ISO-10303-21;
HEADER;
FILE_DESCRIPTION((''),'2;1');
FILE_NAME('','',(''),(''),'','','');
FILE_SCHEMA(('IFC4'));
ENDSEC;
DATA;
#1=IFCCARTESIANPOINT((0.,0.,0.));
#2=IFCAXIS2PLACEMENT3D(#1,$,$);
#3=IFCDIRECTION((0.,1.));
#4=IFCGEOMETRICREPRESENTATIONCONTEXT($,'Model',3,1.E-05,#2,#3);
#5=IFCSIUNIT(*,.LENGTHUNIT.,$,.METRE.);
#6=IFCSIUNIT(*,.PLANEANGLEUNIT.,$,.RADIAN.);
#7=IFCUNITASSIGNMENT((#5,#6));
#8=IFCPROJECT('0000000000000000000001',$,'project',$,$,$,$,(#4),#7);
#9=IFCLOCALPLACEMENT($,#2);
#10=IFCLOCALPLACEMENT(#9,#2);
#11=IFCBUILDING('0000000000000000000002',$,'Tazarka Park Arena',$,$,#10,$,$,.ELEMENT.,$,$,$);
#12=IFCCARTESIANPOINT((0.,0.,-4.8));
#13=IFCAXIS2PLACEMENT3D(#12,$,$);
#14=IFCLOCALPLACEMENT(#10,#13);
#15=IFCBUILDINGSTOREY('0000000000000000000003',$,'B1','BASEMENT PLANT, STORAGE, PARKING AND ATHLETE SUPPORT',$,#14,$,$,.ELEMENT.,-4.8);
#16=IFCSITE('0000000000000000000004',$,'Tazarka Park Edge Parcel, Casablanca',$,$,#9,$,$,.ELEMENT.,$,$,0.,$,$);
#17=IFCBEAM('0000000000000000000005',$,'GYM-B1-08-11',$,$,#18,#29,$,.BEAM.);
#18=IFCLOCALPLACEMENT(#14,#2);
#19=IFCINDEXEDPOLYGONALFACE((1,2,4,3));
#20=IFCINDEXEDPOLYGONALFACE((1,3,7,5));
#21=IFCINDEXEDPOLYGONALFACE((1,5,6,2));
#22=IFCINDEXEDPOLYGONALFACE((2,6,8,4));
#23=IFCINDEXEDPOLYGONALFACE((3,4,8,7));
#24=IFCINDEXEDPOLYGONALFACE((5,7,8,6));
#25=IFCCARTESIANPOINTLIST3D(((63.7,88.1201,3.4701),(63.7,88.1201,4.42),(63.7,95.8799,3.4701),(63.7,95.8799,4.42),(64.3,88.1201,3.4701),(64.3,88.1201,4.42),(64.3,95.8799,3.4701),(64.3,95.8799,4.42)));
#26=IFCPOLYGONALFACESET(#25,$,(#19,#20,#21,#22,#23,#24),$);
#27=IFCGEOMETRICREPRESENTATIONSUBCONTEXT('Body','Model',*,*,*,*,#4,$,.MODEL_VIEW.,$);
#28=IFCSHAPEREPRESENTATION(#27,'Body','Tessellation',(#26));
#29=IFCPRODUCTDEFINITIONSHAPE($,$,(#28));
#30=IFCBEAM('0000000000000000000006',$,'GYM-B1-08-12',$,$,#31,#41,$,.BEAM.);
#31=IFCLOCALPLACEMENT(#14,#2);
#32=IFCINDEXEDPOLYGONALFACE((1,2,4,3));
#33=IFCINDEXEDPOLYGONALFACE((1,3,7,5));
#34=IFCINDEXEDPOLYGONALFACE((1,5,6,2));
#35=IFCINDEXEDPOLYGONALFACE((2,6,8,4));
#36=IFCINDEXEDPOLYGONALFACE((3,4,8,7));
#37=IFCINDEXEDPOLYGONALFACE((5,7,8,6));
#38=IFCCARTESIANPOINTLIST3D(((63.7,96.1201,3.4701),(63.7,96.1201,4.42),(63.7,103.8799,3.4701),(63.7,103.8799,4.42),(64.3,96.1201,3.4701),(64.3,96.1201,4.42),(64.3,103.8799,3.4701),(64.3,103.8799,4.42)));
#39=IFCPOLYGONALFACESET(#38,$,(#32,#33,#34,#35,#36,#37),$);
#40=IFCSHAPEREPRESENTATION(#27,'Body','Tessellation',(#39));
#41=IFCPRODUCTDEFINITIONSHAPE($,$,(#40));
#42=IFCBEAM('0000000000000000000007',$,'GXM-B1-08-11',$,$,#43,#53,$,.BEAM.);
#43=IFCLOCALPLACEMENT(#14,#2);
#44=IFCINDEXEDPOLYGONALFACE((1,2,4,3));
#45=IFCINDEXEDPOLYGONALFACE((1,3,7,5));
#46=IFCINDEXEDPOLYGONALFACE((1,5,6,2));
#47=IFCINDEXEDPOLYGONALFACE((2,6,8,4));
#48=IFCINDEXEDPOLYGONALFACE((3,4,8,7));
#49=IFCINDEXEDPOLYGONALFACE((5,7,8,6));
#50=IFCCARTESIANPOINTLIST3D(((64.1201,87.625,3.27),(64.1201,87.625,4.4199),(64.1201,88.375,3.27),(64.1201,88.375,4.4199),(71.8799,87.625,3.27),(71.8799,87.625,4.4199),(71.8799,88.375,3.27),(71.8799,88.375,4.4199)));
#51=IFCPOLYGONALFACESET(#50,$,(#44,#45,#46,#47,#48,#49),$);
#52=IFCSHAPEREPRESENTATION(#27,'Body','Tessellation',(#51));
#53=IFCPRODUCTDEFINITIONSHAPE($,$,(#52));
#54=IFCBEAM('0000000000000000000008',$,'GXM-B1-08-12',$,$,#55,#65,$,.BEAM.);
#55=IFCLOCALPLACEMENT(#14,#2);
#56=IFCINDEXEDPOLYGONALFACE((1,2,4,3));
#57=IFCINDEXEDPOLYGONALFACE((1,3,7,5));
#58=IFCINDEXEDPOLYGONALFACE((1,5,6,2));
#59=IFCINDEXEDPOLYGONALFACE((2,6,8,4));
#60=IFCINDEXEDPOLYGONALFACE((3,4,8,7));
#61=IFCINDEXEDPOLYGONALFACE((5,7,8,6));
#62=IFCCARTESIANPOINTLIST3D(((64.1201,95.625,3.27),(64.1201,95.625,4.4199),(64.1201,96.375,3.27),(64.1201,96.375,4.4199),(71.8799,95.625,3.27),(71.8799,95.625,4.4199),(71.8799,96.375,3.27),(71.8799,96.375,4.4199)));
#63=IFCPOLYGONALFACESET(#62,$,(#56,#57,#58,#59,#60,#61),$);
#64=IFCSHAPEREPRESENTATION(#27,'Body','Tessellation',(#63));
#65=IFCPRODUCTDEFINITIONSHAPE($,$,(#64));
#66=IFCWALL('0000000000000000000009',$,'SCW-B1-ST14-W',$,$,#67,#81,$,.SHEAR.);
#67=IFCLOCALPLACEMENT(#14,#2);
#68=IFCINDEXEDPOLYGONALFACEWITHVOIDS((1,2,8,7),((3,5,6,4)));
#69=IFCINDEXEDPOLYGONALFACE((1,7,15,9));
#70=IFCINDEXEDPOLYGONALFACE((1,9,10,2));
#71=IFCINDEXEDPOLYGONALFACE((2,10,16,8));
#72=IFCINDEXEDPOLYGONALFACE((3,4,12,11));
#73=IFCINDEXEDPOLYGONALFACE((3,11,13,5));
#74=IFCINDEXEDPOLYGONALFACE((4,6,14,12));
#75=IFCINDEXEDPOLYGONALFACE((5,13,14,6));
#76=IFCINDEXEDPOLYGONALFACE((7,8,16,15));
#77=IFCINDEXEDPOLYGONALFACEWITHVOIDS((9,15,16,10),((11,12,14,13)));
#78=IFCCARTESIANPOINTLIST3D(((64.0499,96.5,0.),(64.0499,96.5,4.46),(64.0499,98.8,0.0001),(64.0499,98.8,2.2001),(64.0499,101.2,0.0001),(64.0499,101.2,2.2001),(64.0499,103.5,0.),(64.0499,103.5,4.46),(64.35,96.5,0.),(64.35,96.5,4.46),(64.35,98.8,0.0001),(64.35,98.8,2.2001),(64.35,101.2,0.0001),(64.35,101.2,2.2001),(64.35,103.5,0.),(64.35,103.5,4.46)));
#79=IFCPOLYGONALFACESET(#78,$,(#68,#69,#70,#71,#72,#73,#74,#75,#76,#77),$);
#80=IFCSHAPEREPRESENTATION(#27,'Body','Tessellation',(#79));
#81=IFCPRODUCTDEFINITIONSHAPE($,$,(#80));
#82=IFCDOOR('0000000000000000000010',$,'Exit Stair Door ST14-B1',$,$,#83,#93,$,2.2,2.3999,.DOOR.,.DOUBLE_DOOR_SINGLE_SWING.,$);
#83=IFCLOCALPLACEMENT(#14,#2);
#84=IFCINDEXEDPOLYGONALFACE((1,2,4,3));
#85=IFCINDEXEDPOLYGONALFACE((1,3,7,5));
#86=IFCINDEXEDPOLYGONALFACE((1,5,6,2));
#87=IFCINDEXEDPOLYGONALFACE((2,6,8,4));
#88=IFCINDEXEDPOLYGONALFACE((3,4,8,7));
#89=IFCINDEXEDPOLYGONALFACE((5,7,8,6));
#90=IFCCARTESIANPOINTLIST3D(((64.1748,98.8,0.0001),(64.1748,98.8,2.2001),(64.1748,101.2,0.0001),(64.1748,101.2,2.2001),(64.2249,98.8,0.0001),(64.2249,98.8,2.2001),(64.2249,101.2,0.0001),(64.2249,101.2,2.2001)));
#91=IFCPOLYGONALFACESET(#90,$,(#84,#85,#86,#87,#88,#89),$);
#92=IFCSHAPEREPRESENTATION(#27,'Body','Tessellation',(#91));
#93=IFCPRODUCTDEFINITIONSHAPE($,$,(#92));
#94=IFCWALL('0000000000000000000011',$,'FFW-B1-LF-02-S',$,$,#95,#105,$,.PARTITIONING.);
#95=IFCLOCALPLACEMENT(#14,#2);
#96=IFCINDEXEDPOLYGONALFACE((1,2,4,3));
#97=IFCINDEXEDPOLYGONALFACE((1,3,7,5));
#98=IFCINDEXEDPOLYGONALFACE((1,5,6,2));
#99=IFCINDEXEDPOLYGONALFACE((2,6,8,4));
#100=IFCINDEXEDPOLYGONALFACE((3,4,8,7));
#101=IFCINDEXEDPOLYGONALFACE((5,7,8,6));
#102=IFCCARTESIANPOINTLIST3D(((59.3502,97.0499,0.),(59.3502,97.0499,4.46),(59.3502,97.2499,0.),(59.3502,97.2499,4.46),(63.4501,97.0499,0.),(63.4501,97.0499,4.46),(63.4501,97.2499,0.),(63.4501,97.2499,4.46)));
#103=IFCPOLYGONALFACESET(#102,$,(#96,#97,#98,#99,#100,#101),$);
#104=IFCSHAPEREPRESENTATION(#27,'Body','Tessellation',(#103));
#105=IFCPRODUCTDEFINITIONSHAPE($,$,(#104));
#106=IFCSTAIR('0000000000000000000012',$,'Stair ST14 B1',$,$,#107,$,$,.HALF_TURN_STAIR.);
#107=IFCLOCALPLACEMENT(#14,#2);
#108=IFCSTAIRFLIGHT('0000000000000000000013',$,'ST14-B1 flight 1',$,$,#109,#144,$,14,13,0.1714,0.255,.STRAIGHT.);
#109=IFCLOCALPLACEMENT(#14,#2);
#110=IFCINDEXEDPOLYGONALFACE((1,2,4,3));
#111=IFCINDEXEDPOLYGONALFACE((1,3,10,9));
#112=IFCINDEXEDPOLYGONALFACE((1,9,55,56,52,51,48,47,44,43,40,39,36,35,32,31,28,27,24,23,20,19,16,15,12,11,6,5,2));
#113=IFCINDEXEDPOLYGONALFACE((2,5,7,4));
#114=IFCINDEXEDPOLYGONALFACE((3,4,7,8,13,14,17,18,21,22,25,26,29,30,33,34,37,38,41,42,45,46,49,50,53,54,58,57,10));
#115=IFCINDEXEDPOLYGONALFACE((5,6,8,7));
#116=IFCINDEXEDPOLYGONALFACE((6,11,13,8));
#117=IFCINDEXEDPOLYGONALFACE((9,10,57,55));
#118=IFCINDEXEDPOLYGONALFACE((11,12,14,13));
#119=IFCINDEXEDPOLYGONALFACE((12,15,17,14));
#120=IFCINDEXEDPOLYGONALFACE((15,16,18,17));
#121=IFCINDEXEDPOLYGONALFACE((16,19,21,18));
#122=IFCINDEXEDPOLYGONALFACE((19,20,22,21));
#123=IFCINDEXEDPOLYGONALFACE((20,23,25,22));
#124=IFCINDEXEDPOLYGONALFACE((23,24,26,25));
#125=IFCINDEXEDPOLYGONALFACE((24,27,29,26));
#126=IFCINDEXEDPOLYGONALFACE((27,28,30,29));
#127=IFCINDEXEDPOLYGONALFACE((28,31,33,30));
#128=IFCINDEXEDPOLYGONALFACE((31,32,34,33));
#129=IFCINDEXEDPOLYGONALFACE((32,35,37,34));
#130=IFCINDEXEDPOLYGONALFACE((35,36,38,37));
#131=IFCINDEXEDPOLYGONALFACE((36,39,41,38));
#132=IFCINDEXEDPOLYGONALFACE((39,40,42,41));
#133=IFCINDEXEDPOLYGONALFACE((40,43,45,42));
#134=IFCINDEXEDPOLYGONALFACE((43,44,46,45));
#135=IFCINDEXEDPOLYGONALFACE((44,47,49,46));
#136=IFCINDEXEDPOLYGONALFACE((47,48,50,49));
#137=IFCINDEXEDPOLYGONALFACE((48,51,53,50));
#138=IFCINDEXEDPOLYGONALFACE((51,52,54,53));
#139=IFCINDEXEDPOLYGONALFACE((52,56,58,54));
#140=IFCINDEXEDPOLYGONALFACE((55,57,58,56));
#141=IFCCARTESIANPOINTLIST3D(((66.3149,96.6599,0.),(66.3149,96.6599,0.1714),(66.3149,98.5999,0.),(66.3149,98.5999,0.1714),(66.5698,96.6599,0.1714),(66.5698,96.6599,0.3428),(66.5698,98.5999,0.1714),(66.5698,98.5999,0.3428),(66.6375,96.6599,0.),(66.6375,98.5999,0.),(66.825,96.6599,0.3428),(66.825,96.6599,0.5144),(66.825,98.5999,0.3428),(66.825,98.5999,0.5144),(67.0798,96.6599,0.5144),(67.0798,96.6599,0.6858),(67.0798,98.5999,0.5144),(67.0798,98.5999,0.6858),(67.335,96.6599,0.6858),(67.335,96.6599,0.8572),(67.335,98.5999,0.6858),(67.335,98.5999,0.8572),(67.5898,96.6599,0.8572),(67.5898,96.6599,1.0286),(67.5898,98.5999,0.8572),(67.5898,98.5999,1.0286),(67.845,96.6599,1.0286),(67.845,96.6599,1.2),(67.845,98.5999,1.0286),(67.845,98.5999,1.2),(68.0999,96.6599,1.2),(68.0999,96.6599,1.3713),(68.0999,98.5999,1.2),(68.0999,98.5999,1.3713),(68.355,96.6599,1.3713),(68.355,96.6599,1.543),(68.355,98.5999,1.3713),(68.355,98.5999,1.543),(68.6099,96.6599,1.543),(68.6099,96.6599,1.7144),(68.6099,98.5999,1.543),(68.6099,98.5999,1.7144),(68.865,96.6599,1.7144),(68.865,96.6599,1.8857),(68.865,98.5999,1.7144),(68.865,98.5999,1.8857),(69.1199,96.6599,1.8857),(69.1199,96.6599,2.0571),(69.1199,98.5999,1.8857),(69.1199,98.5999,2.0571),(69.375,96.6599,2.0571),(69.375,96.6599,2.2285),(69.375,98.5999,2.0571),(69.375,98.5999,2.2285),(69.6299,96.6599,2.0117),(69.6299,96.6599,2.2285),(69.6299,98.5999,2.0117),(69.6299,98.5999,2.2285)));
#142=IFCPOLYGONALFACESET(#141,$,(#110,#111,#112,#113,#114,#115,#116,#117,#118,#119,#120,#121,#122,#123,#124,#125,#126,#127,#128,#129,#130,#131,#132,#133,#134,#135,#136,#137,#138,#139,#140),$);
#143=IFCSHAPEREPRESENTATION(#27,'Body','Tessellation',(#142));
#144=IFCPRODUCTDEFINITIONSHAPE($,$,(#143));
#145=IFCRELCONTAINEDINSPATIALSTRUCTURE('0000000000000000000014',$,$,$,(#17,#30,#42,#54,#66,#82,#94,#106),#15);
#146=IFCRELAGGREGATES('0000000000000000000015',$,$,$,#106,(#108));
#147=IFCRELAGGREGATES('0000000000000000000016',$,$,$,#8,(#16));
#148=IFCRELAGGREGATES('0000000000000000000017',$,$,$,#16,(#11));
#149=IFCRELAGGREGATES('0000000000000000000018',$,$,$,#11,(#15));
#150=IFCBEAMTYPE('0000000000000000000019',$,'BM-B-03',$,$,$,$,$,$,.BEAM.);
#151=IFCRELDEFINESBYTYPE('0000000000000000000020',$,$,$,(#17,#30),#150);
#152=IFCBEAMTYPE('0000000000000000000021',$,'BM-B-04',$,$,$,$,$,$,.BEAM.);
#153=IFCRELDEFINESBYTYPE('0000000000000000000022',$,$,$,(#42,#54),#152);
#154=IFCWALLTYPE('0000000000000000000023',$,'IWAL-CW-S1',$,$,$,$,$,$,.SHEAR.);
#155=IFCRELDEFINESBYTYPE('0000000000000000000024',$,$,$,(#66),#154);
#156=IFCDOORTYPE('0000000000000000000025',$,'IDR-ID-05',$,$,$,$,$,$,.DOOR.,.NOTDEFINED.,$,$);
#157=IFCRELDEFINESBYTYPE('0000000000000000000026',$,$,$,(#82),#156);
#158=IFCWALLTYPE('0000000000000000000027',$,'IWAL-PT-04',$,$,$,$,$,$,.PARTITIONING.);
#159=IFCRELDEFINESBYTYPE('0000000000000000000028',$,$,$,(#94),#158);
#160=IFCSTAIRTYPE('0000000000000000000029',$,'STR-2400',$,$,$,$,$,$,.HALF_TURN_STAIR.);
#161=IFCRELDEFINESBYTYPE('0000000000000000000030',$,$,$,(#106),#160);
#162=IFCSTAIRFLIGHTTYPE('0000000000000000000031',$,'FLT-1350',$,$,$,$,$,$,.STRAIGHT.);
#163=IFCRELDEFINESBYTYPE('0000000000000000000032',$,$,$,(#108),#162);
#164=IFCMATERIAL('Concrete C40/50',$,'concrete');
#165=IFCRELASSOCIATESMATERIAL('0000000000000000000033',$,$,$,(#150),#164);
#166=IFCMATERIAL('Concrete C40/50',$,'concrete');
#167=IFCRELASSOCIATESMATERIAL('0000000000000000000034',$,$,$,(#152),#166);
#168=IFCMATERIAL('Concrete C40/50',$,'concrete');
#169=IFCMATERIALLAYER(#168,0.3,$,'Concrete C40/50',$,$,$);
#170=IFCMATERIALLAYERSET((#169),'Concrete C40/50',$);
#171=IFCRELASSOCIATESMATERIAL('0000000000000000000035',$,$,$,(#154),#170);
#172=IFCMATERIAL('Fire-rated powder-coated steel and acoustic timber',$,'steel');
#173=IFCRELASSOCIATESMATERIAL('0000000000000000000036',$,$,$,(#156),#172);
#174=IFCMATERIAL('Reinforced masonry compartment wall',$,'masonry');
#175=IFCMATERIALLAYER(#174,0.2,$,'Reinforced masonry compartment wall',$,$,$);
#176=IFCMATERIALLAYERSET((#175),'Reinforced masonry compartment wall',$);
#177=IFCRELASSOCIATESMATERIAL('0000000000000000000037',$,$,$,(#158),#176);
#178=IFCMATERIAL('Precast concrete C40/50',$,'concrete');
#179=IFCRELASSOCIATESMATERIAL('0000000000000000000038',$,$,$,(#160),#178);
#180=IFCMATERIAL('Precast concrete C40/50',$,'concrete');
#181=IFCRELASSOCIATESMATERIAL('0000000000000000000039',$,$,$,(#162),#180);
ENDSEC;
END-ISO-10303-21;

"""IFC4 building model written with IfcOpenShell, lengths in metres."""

from ifc_helpers import new_model, si_unit, direction, frame, frame_2d, origin, origin_2d, place, context, subcontext, project, spatial, polyline, rectangle, outline, extrude, material, layer, layer_set, material_profile, profile_set, type_object, element, fill, aggregate, save


model = new_model("IFC4")

# Units and contexts
model_context = context("Model", 3, precision=1e-05, world=origin(), true_north=direction((0.0, 1.0)))
body_context = subcontext(model_context, "Body", "Model", "MODEL_VIEW")
ifc_project = project(units=[si_unit("LENGTHUNIT", "METRE"), si_unit("PLANEANGLEUNIT", "RADIAN")], contexts=[model_context])

# Site, building, storey
site_placement = place(None, origin())
site = spatial("IfcSite", under=ifc_project, at=site_placement, Name="Tazarka Park Edge Parcel, Casablanca", CompositionType="ELEMENT", RefElevation=0.0)
building_placement = place(site_placement, origin())
building = spatial("IfcBuilding", under=site, at=building_placement, Name="Tazarka Park Arena", CompositionType="ELEMENT")
storey_placement = place(building_placement, frame((0.0, 0.0, -4.8)))
storey = spatial("IfcBuildingStorey", under=building, at=storey_placement, Name="B1", Description="BASEMENT PLANT, STORAGE, PARKING AND ATHLETE SUPPORT", CompositionType="ELEMENT", Elevation=-4.8)

# Beams
ifc_material_1 = material(Name="Concrete C40/50", Category="concrete")
ifc_material_profile_1 = material_profile(ifc_material_1, rectangle(XDim=0.6001, YDim=0.95, at=origin_2d()), Name="Concrete C40/50")
ifc_profile_set_1 = profile_set([ifc_material_profile_1], Name="Concrete C40/50")
beam_type_1 = type_object("IfcBeamType", Name="BM-B-03", PredefinedType="BEAM", material=ifc_profile_set_1)
for number, where, z_axis, x_axis, name in (
    (1, (64.0, 88.1201, 3.9451), (0.0, 1.0, 0.0), (-1.0, 0.0, 0.0), "GYM-B1-08-11"),
    (2, (64.0, 96.1201, 3.9451), (0.0, 1.0, 0.0), (-1.0, 0.0, 0.0), "GYM-B1-08-12"),
):
    element("IfcBeam", number, at=place(storey_placement, frame(where, z_axis=z_axis, x_axis=x_axis)), inside=storey, type_object=beam_type_1, Name=name, PredefinedType="BEAM", context=body_context, shape_type="SweptSolid", body=[
        extrude(rectangle(XDim=0.6001, YDim=0.95, at=origin_2d()), origin(), (0.0, 0.0, 1.0), 7.7598),
    ])
ifc_material_2 = material(Name="Concrete C40/50", Category="concrete")
ifc_material_profile_2 = material_profile(ifc_material_2, rectangle(XDim=0.75, YDim=1.1499, at=origin_2d()), Name="Concrete C40/50")
ifc_profile_set_2 = profile_set([ifc_material_profile_2], Name="Concrete C40/50")
beam_type_2 = type_object("IfcBeamType", Name="BM-B-04", PredefinedType="BEAM", material=ifc_profile_set_2)
for number, where, z_axis, x_axis, name in (
    (3, (64.1201, 88.0, 3.845), (1.0, 0.0, 0.0), (0.0, 1.0, 0.0), "GXM-B1-08-11"),
    (4, (64.1201, 96.0, 3.845), (1.0, 0.0, 0.0), (0.0, 1.0, 0.0), "GXM-B1-08-12"),
):
    element("IfcBeam", number, at=place(storey_placement, frame(where, z_axis=z_axis, x_axis=x_axis)), inside=storey, type_object=beam_type_2, Name=name, PredefinedType="BEAM", context=body_context, shape_type="SweptSolid", body=[
        extrude(rectangle(XDim=0.75, YDim=1.1499, at=origin_2d()), origin(), (0.0, 0.0, 1.0), 7.7598),
    ])

# Wall, opening, door
ifc_material_3 = material(Name="Concrete C40/50", Category="concrete")
ifc_layer_1 = layer(ifc_material_3, 0.3, Name="Concrete C40/50")
ifc_layer_set_1 = layer_set([ifc_layer_1], Name="Concrete C40/50")
wall_type_1 = type_object("IfcWallType", Name="IWAL-CW-S1", PredefinedType="SHEAR", material=ifc_layer_set_1)
wall_1_placement = place(storey_placement, frame((64.2, 96.5, 0.0), z_axis=(0.0, 0.0, 1.0), x_axis=(0.0, 1.0, 0.0)))
wall_1 = element("IfcWall", 5, at=wall_1_placement, inside=storey, type_object=wall_type_1, Name="SCW-B1-ST14-W", PredefinedType="SHEAR", context=body_context, shape_type="SweptSolid", body=[
    extrude(rectangle(XDim=7.0, YDim=0.3, at=frame_2d((3.5, 0.0))), origin(), (0.0, 0.0, 1.0), 4.46),
])
opening_placement = place(wall_1_placement, frame((2.3, 0.0, 0.0)))
opening = element("IfcOpeningElement", 6, at=opening_placement, cuts=wall_1, PredefinedType="OPENING", context=body_context, shape_type="SweptSolid", body=[
    extrude(rectangle(XDim=2.3999, YDim=2.2, at=frame_2d((1.2, 1.1001))), frame((0.0, 0.1602, 0.0), z_axis=(0.0, -1.0, 0.0), x_axis=(1.0, 0.0, 0.0)), (0.0, 0.0, 1.0), 0.3201),
])
ifc_material_4 = material(Name="Fire-rated powder-coated steel and acoustic timber", Category="steel")
door_type = type_object("IfcDoorType", Name="IDR-ID-05", OperationType="NOTDEFINED", PredefinedType="DOOR", material=ifc_material_4)
door_placement = place(opening_placement, frame((2.3999, 0.0, 0.0), z_axis=(0.0, 0.0, 1.0), x_axis=(-1.0, 0.0, 0.0)))
door = element("IfcDoor", 7, at=door_placement, inside=storey, type_object=door_type, Name="Exit Stair Door ST14-B1", OperationType="DOUBLE_DOOR_SINGLE_SWING", OverallHeight=2.2, OverallWidth=2.3999, PredefinedType="DOOR", context=body_context, shape_type="SweptSolid", body=[
    extrude(rectangle(XDim=2.3999, YDim=2.2, at=frame_2d((1.2, 1.1001))), frame((0.0, 0.0249, 0.0), z_axis=(0.0, -1.0, 0.0), x_axis=(1.0, 0.0, 0.0)), (0.0, 0.0, 1.0), 0.05),
])
fill(opening, door)

# Wall
ifc_material_5 = material(Name="Reinforced masonry compartment wall", Category="masonry")
ifc_layer_2 = layer(ifc_material_5, 0.2, Name="Reinforced masonry compartment wall")
ifc_layer_set_2 = layer_set([ifc_layer_2], Name="Reinforced masonry compartment wall")
wall_type_2 = type_object("IfcWallType", Name="IWAL-PT-04", PredefinedType="PARTITIONING", material=ifc_layer_set_2)
wall_2_placement = place(storey_placement, frame((63.45, 97.1499, 0.0), z_axis=(0.0, 0.0, 1.0), x_axis=(-1.0, 0.0, 0.0)))
element("IfcWall", 8, at=wall_2_placement, inside=storey, type_object=wall_type_2, Name="FFW-B1-LF-02-S", PredefinedType="PARTITIONING", context=body_context, shape_type="SweptSolid", body=[
    extrude(rectangle(XDim=4.0999, YDim=0.2, at=frame_2d((2.0498, 0.0))), origin(), (0.0, 0.0, 1.0), 4.46),
])

# Stair, stair flight
ifc_material_6 = material(Name="Precast concrete C40/50", Category="concrete")
stair_type = type_object("IfcStairType", Name="STR-2400", PredefinedType="HALF_TURN_STAIR", material=ifc_material_6)
stair_placement = place(storey_placement, origin())
stair = element("IfcStair", 9, at=stair_placement, inside=storey, type_object=stair_type, Name="Stair ST14 B1", PredefinedType="HALF_TURN_STAIR")
ifc_material_7 = material(Name="Precast concrete C40/50", Category="concrete")
stair_flight_type = type_object("IfcStairFlightType", Name="FLT-1350", PredefinedType="STRAIGHT", material=ifc_material_7)
stair_flight_placement = place(storey_placement, frame((66.3149, 97.6299, 0.0), z_axis=(0.0, 0.0, 1.0), x_axis=(1.0, 0.0, 0.0)))
stair_flight = element("IfcStairFlight", 10, at=stair_flight_placement, type_object=stair_flight_type, Name="ST14-B1 flight 1", NumberOfRisers=14, NumberOfTreads=13, PredefinedType="STRAIGHT", RiserHeight=0.1714, TreadLength=0.255, context=body_context, shape_type="SweptSolid", body=[
    extrude(outline(polyline([(0.0, 0.0), (0.0, 0.1714), (0.2549, 0.1714), (0.2549, 0.3428), (0.51, 0.3428), (0.51, 0.5144), (0.7649, 0.5144), (0.7649, 0.6858), (1.02, 0.6858), (1.02, 0.8572), (1.2749, 0.8572), (1.2749, 1.0286), (1.53, 1.0286), (1.53, 1.2), (1.7849, 1.2), (1.7849, 1.3713), (2.04, 1.3713), (2.04, 1.543), (2.2949, 1.543), (2.2949, 1.7144), (2.55, 1.7144), (2.55, 1.8857), (2.8049, 1.8857), (2.8049, 2.0571), (3.0601, 2.0571), (3.0601, 2.2285), (3.3149, 2.2285), (3.3149, 2.3999), (3.3149, 2.0117), (0.3225, 0.0), (0.0, 0.0)])), frame((0.0, 0.97, 0.0), z_axis=(0.0, -1.0, 0.0), x_axis=(1.0, 0.0, 0.0)), (0.0, 0.0, 1.0), 1.9399),
])
aggregate(stair, [stair_flight])

save(model, "model.ifc")
